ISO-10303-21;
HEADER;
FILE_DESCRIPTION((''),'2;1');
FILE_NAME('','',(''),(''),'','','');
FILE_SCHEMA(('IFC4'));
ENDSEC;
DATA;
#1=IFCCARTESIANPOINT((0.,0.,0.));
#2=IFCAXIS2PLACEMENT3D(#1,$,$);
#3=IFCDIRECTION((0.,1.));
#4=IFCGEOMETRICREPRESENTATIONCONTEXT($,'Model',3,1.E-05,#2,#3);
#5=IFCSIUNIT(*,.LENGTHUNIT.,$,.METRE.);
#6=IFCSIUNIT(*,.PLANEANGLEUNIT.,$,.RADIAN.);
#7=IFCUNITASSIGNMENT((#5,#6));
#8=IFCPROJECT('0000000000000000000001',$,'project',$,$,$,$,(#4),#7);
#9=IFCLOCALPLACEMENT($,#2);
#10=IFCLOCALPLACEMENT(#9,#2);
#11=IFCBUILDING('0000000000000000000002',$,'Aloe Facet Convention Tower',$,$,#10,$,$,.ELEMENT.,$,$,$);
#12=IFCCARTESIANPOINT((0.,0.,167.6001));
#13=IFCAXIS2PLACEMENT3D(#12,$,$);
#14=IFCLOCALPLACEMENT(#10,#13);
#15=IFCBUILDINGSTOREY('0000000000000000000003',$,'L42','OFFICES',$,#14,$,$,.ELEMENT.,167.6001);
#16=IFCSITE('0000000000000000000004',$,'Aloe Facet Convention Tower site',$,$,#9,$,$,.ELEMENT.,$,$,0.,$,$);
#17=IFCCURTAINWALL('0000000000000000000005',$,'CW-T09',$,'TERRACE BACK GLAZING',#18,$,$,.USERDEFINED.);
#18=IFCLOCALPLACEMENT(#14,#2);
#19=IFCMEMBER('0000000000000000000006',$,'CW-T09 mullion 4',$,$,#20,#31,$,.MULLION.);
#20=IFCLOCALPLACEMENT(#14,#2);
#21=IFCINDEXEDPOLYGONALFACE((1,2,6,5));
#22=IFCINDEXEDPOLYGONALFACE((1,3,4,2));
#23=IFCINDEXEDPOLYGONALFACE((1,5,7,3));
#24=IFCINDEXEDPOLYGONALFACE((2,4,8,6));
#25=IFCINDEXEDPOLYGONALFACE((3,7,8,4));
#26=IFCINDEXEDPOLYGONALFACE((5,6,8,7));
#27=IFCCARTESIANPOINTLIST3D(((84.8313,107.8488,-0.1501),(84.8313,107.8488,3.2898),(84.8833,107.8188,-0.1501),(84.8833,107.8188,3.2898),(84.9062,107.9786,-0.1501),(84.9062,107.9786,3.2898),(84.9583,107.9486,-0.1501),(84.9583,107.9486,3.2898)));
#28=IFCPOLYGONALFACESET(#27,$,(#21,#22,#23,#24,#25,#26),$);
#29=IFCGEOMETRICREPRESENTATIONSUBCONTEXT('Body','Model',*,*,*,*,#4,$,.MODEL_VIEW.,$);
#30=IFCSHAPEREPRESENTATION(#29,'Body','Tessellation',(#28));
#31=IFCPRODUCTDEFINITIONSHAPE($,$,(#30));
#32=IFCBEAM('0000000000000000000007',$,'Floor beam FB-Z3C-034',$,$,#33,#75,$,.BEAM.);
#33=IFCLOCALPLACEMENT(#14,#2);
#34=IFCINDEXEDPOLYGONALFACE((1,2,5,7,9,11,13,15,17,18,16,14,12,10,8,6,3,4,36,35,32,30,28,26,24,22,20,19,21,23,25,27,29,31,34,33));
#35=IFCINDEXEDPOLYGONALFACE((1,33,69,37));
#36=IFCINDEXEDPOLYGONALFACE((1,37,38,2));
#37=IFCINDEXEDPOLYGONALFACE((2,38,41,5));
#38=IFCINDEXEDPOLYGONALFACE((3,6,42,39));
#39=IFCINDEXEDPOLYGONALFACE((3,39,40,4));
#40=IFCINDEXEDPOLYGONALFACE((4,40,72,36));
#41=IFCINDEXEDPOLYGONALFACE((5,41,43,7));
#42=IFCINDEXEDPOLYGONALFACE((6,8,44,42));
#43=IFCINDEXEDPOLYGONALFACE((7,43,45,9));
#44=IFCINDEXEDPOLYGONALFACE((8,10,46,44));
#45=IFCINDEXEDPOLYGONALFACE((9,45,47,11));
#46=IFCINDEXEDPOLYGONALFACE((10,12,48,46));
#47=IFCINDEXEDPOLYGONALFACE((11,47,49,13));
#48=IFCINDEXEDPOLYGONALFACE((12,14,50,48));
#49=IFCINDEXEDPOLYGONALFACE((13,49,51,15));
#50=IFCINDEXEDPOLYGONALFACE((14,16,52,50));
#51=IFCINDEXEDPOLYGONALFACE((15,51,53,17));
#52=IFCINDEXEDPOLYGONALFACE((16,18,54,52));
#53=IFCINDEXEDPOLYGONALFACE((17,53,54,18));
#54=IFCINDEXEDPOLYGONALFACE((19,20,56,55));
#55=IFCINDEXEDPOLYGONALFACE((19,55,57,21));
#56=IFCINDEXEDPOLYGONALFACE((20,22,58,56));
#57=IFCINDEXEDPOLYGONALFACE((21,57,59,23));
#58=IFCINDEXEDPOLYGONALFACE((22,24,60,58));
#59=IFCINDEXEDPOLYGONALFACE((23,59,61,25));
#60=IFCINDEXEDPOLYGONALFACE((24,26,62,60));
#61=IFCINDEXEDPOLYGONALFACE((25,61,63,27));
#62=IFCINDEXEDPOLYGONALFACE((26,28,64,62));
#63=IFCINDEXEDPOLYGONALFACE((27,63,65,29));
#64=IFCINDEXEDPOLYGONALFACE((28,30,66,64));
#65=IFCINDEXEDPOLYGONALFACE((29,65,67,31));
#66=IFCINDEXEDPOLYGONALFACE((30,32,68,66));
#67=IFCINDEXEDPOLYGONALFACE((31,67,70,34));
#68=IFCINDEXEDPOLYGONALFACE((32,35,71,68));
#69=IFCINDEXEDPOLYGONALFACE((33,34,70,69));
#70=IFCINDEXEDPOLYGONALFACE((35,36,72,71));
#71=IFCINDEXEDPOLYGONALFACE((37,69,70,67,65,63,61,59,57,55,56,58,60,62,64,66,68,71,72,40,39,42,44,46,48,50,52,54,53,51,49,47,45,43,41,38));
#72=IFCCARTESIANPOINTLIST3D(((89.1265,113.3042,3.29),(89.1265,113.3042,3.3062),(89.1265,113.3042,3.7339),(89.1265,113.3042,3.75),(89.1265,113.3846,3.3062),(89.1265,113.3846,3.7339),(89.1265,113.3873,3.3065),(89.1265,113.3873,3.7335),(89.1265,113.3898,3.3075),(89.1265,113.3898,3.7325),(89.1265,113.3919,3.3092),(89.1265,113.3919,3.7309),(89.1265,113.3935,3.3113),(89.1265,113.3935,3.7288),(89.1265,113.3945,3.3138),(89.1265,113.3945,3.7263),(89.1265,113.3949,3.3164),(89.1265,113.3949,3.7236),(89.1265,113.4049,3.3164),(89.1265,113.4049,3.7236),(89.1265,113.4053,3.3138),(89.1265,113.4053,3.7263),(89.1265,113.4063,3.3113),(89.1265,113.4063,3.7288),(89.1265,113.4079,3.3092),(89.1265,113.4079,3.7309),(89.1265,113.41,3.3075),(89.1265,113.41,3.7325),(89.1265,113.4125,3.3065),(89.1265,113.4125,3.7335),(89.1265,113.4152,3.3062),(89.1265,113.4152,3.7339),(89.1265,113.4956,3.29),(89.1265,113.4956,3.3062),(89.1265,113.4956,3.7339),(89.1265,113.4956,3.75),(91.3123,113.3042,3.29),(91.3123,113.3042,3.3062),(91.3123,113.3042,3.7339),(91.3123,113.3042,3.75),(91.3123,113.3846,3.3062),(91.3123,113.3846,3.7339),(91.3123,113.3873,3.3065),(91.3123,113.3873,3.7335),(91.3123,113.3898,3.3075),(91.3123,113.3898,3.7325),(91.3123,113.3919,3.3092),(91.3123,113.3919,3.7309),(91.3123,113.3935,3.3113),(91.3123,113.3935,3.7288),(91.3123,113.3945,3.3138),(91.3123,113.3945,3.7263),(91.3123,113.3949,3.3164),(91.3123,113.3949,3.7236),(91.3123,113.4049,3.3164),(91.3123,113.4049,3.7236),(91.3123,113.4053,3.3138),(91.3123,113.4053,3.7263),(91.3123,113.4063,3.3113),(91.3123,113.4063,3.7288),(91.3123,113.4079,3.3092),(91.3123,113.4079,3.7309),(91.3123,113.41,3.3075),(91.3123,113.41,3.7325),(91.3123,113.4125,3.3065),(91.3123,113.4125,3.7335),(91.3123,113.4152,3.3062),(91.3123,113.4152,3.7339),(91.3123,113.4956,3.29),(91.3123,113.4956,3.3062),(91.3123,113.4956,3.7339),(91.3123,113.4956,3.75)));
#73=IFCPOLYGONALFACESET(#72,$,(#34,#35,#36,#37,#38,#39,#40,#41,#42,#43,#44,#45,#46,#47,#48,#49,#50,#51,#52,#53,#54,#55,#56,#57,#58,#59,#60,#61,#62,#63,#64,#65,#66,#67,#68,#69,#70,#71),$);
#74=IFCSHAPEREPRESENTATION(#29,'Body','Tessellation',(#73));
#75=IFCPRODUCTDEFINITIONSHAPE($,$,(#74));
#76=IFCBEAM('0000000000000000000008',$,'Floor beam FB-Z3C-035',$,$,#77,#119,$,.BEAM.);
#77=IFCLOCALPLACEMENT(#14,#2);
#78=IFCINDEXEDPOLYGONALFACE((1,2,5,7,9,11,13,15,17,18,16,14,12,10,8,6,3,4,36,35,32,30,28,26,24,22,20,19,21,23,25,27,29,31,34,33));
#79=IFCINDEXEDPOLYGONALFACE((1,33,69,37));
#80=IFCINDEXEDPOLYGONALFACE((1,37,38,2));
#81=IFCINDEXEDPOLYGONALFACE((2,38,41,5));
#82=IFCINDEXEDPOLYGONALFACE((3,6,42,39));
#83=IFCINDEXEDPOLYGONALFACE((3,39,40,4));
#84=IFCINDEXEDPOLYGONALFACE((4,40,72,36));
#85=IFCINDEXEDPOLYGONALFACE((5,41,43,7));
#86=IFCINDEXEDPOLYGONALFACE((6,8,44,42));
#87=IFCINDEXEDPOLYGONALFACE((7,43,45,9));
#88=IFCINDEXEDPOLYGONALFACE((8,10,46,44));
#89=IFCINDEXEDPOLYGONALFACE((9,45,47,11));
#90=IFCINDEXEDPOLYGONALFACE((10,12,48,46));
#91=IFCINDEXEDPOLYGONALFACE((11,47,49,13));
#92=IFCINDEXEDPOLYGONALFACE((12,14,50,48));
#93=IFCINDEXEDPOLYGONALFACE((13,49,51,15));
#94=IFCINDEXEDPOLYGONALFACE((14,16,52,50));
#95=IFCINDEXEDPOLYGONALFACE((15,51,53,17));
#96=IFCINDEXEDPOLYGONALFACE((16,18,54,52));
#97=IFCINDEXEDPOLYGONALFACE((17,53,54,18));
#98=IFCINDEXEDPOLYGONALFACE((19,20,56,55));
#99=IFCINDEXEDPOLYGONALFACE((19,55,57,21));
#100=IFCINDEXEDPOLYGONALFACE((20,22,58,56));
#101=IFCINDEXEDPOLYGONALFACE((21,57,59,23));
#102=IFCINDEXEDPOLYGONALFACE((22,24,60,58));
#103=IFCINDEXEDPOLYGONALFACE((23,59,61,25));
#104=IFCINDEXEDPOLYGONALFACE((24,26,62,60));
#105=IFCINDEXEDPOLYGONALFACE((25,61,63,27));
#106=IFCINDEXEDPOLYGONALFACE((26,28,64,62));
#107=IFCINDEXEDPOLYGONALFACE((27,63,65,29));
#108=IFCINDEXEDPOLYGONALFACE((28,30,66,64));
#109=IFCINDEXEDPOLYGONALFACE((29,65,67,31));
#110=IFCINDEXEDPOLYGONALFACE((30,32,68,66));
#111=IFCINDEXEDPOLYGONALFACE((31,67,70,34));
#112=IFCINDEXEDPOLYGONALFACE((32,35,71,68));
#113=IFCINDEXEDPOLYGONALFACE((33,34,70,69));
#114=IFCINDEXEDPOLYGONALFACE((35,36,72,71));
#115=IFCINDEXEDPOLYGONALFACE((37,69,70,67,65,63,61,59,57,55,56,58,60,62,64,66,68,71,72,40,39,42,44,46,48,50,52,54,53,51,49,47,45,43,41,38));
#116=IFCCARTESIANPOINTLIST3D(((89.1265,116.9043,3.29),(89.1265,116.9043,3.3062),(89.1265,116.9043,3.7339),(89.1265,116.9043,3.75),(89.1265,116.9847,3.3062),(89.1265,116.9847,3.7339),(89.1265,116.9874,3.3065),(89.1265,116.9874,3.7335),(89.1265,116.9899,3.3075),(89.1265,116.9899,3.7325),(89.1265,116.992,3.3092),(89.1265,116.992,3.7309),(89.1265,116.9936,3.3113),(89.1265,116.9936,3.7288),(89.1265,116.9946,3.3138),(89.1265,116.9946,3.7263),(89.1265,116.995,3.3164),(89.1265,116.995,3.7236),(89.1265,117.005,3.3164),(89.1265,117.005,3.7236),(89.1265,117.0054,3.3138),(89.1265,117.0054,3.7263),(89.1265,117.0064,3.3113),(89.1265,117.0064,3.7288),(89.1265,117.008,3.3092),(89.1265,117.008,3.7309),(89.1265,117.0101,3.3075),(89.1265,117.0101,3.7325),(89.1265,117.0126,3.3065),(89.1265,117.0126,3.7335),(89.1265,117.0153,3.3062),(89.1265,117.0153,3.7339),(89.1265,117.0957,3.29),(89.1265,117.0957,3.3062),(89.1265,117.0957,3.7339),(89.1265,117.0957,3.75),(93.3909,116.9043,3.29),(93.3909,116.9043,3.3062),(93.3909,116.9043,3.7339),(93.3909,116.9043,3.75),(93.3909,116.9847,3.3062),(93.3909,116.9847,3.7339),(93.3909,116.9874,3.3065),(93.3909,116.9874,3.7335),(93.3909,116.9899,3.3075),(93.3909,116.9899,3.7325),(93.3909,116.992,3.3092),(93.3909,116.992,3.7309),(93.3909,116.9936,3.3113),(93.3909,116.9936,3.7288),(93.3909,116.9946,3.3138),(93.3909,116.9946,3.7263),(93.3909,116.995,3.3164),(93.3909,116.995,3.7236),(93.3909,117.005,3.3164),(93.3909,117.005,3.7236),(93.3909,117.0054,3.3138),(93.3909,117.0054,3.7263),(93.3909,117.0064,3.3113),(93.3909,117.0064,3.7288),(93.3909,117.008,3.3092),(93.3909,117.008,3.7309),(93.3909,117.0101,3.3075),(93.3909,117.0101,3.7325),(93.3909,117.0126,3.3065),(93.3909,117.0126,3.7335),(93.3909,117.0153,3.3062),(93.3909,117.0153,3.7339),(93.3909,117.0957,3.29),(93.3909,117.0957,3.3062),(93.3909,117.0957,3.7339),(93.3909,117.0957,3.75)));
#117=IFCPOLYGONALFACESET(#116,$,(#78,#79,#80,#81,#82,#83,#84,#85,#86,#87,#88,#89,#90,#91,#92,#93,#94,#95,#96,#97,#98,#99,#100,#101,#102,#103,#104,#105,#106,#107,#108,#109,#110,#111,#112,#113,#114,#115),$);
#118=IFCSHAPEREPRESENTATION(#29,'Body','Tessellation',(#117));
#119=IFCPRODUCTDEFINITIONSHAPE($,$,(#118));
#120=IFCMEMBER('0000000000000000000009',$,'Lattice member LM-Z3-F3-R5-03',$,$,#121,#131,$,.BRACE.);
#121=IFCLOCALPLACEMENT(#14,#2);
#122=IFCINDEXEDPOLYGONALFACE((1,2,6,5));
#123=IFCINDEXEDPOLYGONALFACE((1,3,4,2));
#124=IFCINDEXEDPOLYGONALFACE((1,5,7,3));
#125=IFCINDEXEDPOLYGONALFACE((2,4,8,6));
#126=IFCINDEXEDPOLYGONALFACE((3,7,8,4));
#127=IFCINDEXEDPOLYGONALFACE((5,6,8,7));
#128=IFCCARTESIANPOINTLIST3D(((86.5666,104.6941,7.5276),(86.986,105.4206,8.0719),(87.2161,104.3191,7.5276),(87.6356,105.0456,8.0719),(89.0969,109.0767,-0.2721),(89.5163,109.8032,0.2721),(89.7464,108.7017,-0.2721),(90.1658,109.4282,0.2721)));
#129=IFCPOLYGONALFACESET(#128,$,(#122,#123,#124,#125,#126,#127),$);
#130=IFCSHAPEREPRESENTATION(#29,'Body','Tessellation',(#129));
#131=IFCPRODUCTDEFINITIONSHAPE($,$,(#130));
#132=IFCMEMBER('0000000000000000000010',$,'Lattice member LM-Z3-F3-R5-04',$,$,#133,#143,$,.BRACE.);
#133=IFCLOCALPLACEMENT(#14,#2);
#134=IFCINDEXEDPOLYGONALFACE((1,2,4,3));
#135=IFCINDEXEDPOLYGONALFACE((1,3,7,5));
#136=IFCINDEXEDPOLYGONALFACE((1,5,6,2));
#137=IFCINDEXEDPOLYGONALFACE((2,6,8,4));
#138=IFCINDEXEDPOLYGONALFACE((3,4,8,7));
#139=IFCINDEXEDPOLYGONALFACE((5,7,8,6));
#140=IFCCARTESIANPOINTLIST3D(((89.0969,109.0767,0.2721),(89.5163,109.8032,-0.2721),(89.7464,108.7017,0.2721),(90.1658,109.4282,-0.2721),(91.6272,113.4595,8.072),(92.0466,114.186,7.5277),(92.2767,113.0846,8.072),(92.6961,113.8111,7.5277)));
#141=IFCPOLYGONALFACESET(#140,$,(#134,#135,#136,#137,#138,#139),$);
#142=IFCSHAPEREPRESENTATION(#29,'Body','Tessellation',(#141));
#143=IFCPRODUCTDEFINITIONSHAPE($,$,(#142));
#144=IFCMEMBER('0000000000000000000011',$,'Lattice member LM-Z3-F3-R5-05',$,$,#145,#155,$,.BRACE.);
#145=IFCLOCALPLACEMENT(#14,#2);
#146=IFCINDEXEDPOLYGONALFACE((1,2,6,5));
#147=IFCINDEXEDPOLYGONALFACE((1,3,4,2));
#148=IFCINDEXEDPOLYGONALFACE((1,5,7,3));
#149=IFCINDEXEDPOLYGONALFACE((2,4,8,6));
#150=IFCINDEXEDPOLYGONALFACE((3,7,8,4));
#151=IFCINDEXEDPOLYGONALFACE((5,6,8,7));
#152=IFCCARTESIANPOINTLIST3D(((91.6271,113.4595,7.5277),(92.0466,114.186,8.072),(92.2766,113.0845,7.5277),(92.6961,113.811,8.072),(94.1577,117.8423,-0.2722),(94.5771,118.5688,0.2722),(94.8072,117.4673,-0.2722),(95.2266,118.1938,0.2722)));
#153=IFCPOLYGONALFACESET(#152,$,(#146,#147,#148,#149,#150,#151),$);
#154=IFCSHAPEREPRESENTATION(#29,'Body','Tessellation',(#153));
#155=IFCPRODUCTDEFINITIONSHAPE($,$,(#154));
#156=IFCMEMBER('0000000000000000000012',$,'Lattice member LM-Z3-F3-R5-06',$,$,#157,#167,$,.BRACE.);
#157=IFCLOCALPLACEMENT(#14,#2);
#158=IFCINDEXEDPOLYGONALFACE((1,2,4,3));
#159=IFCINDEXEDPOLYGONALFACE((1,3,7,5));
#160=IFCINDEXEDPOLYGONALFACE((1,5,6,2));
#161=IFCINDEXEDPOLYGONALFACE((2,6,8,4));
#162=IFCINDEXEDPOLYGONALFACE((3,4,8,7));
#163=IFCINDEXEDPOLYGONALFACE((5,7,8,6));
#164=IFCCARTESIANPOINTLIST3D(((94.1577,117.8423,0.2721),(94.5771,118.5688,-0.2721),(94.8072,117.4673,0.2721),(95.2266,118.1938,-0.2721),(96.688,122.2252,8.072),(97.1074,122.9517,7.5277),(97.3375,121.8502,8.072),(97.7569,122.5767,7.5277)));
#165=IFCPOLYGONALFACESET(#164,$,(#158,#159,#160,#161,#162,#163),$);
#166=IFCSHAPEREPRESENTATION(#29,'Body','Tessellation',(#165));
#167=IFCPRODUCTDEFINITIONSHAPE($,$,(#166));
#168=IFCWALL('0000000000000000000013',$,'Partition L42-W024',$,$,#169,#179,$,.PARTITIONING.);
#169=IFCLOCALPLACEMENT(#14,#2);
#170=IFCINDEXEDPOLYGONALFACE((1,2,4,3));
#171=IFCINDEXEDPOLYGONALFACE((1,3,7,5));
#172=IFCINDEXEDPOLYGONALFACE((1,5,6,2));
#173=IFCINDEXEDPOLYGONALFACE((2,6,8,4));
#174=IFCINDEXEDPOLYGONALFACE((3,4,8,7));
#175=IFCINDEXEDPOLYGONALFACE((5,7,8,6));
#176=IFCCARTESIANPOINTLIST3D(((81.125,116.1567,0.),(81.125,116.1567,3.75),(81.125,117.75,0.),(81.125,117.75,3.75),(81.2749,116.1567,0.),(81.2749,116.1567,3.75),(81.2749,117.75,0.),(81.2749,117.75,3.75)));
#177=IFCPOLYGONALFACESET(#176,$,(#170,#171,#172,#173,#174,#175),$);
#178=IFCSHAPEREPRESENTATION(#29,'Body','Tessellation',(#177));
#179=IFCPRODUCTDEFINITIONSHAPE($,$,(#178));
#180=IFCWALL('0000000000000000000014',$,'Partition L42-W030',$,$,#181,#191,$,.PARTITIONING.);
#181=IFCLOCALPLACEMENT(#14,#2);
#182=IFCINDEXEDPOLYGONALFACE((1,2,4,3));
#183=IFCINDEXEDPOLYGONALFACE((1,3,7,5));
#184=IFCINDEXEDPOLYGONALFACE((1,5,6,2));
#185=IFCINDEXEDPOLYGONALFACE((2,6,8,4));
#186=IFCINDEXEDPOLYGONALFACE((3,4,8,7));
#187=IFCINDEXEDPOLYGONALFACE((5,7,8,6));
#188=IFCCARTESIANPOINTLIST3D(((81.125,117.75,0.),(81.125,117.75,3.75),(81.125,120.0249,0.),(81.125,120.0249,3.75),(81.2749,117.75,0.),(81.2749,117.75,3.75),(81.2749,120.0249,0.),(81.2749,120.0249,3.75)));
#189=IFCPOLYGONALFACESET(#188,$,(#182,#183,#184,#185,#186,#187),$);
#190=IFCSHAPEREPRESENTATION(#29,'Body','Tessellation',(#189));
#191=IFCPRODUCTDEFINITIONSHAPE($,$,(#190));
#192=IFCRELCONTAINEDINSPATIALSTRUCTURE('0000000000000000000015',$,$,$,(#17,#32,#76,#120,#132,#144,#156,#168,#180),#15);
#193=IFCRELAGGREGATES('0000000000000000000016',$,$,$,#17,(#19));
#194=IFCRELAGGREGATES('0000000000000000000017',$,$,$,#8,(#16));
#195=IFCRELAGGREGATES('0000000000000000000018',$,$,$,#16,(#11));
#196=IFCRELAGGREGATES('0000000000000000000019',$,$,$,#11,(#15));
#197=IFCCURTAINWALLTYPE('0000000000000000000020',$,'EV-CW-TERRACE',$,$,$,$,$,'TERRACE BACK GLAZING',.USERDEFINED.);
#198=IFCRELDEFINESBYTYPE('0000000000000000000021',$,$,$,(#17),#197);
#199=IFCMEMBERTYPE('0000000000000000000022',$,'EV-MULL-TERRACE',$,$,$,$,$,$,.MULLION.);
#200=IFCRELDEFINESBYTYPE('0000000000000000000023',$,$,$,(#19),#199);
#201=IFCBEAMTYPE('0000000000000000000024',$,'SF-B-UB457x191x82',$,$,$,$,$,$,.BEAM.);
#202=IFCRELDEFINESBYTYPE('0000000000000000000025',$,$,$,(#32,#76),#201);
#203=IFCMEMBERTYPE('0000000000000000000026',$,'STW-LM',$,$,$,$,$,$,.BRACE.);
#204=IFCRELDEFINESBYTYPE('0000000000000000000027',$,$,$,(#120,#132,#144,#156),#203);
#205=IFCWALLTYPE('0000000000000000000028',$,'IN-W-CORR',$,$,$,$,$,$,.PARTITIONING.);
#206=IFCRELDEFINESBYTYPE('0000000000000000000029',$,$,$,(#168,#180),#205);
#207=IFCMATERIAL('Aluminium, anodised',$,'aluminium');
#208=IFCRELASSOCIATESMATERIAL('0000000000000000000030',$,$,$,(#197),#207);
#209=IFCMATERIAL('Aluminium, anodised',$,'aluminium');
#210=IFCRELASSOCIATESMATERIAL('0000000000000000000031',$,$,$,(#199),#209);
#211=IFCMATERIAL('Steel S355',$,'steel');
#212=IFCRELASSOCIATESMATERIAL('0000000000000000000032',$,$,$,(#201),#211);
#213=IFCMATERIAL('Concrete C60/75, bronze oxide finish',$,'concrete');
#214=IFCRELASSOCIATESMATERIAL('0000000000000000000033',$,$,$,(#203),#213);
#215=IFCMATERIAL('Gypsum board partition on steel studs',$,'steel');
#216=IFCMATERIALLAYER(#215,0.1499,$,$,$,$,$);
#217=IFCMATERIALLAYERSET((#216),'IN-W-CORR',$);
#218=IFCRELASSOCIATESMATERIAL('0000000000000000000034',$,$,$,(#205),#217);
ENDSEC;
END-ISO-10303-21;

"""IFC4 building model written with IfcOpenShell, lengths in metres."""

from ifc_helpers import new_model, si_unit, direction, frame, frame_2d, origin, origin_2d, place, context, subcontext, project, spatial, rectangle, i_section, extrude, material, layer, layer_set, material_profile, profile_set, type_object, element, aggregate, save


model = new_model("IFC4")

# Units and contexts
model_context = context("Model", 3, precision=1e-05, world=origin(), true_north=direction((0.0, 1.0)))
body_context = subcontext(model_context, "Body", "Model", "MODEL_VIEW")
ifc_project = project(units=[si_unit("LENGTHUNIT", "METRE"), si_unit("PLANEANGLEUNIT", "RADIAN")], contexts=[model_context])

# Site, building, storey
site_placement = place(None, origin())
site = spatial("IfcSite", under=ifc_project, at=site_placement, Name="Aloe Facet Convention Tower site", CompositionType="ELEMENT", RefElevation=0.0)
building_placement = place(site_placement, origin())
building = spatial("IfcBuilding", under=site, at=building_placement, Name="Aloe Facet Convention Tower", CompositionType="ELEMENT")
storey_placement = place(building_placement, frame((0.0, 0.0, 167.6001)))
storey = spatial("IfcBuildingStorey", under=building, at=storey_placement, Name="L42", Description="OFFICES", CompositionType="ELEMENT", Elevation=167.6001)

# Curtain wall, member
ifc_material_1 = material(Name="Aluminium, anodised", Category="aluminium")
curtain_wall_type = type_object("IfcCurtainWallType", Name="EV-CW-TERRACE", ElementType="TERRACE BACK GLAZING", PredefinedType="USERDEFINED", material=ifc_material_1)
curtain_wall_placement = place(storey_placement, origin())
curtain_wall = element("IfcCurtainWall", 1, at=curtain_wall_placement, inside=storey, type_object=curtain_wall_type, Name="CW-T09", ObjectType="TERRACE BACK GLAZING", PredefinedType="USERDEFINED")
ifc_material_2 = material(Name="Aluminium, anodised", Category="aluminium")
ifc_material_profile_1 = material_profile(ifc_material_2, rectangle(XDim=0.0601, YDim=0.1499, at=origin_2d()), Name="AL 60x150")
ifc_profile_set_1 = profile_set([ifc_material_profile_1], Name="Aluminium, anodised")
member_type_1 = type_object("IfcMemberType", Name="EV-MULL-TERRACE", PredefinedType="MULLION", material=ifc_profile_set_1)
member_1_placement = place(storey_placement, frame((84.8948, 107.8987, -0.1501), z_axis=(0.0, 0.0, 1.0), x_axis=(-0.866025, 0.5, 0.0)))
member_1 = element("IfcMember", 2, at=member_1_placement, type_object=member_type_1, Name="CW-T09 mullion 4", PredefinedType="MULLION", context=body_context, shape_type="SweptSolid", body=[
    extrude(rectangle(XDim=0.0601, YDim=0.1499, at=origin_2d()), origin(), (0.0, 0.0, 1.0), 3.4399),
])
aggregate(curtain_wall, [member_1])

# Beams
ifc_material_3 = material(Name="Steel S355", Category="steel")
ifc_material_profile_2 = material_profile(ifc_material_3, i_section(OverallWidth=0.1914, OverallDepth=0.46, WebThickness=0.01, FlangeThickness=0.0161, FilletRadius=0.0103, at=origin_2d()), Name="UB 457x191x82")
ifc_profile_set_2 = profile_set([ifc_material_profile_2], Name="Steel S355")
beam_type = type_object("IfcBeamType", Name="SF-B-UB457x191x82", PredefinedType="BEAM", material=ifc_profile_set_2)
beam_1_placement = place(storey_placement, frame((89.1265, 113.3999, 3.52), z_axis=(1.0, 0.0, 0.0), x_axis=(0.0, 1.0, 0.0)))
element("IfcBeam", 3, at=beam_1_placement, inside=storey, type_object=beam_type, Name="Floor beam FB-Z3C-034", PredefinedType="BEAM", context=body_context, shape_type="SweptSolid", body=[
    extrude(i_section(OverallWidth=0.1914, OverallDepth=0.46, WebThickness=0.01, FlangeThickness=0.0161, FilletRadius=0.0103, at=origin_2d()), origin(), (0.0, 0.0, 1.0), 2.1858),
])
beam_2_placement = place(storey_placement, frame((89.1265, 117.0, 3.52), z_axis=(1.0, 0.0, 0.0), x_axis=(0.0, 1.0, 0.0)))
element("IfcBeam", 4, at=beam_2_placement, inside=storey, type_object=beam_type, Name="Floor beam FB-Z3C-035", PredefinedType="BEAM", context=body_context, shape_type="SweptSolid", body=[
    extrude(i_section(OverallWidth=0.1914, OverallDepth=0.46, WebThickness=0.01, FlangeThickness=0.0161, FilletRadius=0.0103, at=origin_2d()), origin(), (0.0, 0.0, 1.0), 4.2644),
])

# Members
ifc_material_4 = material(Name="Concrete C60/75, bronze oxide finish", Category="concrete")
ifc_material_profile_3 = material_profile(ifc_material_4, rectangle(XDim=0.75, YDim=1.0, at=origin_2d()), Name="STW-LM")
ifc_profile_set_3 = profile_set([ifc_material_profile_3], Name="Concrete C60/75, bronze oxide finish")
member_type_2 = type_object("IfcMemberType", Name="STW-LM", PredefinedType="BRACE", material=ifc_profile_set_3)
member_2_placement = place(storey_placement, frame((89.6313, 109.2524, 0.0), z_axis=(-0.272141, -0.471363, 0.838901), x_axis=(0.866026, -0.499999, 0.0)))
element("IfcMember", 5, at=member_2_placement, inside=storey, type_object=member_type_2, Name="Lattice member LM-Z3-F3-R5-03", PredefinedType="BRACE", context=body_context, shape_type="SweptSolid", body=[
    extrude(rectangle(XDim=0.75, YDim=1.0, at=origin_2d()), origin(), (0.0, 0.0, 1.0), 9.2976),
])
for number, where, z_axis, x_axis, name in (
    (6, (89.6313, 109.2524, 0.0), (0.272138, 0.471384, 0.838891), (-0.866038, 0.499979, 0.0), "Lattice member LM-Z3-F3-R5-04"),
    (7, (94.6921, 118.0181, 0.0), (-0.272162, -0.47138, 0.838885), (0.866017, -0.500015, 0.0), "Lattice member LM-Z3-F3-R5-05"),
    (8, (94.6921, 118.0181, 0.0), (0.272138, 0.471384, 0.838891), (-0.866038, 0.499979, 0.0), "Lattice member LM-Z3-F3-R5-06"),
):
    element("IfcMember", number, at=place(storey_placement, frame(where, z_axis=z_axis, x_axis=x_axis)), inside=storey, type_object=member_type_2, Name=name, PredefinedType="BRACE", context=body_context, shape_type="SweptSolid", body=[
        extrude(rectangle(XDim=0.75, YDim=1.0, at=origin_2d()), origin(), (0.0, 0.0, 1.0), 9.2979),
    ])

# Walls
ifc_material_5 = material(Name="Gypsum board partition on steel studs", Category="steel")
ifc_layer_1 = layer(ifc_material_5, 0.1499)
ifc_layer_set_1 = layer_set([ifc_layer_1], Name="IN-W-CORR")
wall_type_1 = type_object("IfcWallType", Name="IN-W-CORR", PredefinedType="PARTITIONING", material=ifc_layer_set_1)
wall_1_placement = place(storey_placement, frame((81.2, 116.1567, 0.0), z_axis=(0.0, 0.0, 1.0), x_axis=(0.0, 1.0, 0.0)))
element("IfcWall", 9, at=wall_1_placement, inside=storey, type_object=wall_type_1, Name="Partition L42-W024", PredefinedType="PARTITIONING", context=body_context, shape_type="SweptSolid", body=[
    extrude(rectangle(XDim=1.5933, YDim=0.1499, at=frame_2d((0.7966, 0.0))), origin(), (0.0, 0.0, 1.0), 3.75),
])
wall_2_placement = place(storey_placement, frame((81.2, 117.75, 0.0), z_axis=(0.0, 0.0, 1.0), x_axis=(0.0, 1.0, 0.0)))
element("IfcWall", 10, at=wall_2_placement, inside=storey, type_object=wall_type_1, Name="Partition L42-W030", PredefinedType="PARTITIONING", context=body_context, shape_type="SweptSolid", body=[
    extrude(rectangle(XDim=2.2749, YDim=0.1499, at=frame_2d((1.1375, 0.0))), origin(), (0.0, 0.0, 1.0), 3.75),
])

save(model, "model.ifc")
